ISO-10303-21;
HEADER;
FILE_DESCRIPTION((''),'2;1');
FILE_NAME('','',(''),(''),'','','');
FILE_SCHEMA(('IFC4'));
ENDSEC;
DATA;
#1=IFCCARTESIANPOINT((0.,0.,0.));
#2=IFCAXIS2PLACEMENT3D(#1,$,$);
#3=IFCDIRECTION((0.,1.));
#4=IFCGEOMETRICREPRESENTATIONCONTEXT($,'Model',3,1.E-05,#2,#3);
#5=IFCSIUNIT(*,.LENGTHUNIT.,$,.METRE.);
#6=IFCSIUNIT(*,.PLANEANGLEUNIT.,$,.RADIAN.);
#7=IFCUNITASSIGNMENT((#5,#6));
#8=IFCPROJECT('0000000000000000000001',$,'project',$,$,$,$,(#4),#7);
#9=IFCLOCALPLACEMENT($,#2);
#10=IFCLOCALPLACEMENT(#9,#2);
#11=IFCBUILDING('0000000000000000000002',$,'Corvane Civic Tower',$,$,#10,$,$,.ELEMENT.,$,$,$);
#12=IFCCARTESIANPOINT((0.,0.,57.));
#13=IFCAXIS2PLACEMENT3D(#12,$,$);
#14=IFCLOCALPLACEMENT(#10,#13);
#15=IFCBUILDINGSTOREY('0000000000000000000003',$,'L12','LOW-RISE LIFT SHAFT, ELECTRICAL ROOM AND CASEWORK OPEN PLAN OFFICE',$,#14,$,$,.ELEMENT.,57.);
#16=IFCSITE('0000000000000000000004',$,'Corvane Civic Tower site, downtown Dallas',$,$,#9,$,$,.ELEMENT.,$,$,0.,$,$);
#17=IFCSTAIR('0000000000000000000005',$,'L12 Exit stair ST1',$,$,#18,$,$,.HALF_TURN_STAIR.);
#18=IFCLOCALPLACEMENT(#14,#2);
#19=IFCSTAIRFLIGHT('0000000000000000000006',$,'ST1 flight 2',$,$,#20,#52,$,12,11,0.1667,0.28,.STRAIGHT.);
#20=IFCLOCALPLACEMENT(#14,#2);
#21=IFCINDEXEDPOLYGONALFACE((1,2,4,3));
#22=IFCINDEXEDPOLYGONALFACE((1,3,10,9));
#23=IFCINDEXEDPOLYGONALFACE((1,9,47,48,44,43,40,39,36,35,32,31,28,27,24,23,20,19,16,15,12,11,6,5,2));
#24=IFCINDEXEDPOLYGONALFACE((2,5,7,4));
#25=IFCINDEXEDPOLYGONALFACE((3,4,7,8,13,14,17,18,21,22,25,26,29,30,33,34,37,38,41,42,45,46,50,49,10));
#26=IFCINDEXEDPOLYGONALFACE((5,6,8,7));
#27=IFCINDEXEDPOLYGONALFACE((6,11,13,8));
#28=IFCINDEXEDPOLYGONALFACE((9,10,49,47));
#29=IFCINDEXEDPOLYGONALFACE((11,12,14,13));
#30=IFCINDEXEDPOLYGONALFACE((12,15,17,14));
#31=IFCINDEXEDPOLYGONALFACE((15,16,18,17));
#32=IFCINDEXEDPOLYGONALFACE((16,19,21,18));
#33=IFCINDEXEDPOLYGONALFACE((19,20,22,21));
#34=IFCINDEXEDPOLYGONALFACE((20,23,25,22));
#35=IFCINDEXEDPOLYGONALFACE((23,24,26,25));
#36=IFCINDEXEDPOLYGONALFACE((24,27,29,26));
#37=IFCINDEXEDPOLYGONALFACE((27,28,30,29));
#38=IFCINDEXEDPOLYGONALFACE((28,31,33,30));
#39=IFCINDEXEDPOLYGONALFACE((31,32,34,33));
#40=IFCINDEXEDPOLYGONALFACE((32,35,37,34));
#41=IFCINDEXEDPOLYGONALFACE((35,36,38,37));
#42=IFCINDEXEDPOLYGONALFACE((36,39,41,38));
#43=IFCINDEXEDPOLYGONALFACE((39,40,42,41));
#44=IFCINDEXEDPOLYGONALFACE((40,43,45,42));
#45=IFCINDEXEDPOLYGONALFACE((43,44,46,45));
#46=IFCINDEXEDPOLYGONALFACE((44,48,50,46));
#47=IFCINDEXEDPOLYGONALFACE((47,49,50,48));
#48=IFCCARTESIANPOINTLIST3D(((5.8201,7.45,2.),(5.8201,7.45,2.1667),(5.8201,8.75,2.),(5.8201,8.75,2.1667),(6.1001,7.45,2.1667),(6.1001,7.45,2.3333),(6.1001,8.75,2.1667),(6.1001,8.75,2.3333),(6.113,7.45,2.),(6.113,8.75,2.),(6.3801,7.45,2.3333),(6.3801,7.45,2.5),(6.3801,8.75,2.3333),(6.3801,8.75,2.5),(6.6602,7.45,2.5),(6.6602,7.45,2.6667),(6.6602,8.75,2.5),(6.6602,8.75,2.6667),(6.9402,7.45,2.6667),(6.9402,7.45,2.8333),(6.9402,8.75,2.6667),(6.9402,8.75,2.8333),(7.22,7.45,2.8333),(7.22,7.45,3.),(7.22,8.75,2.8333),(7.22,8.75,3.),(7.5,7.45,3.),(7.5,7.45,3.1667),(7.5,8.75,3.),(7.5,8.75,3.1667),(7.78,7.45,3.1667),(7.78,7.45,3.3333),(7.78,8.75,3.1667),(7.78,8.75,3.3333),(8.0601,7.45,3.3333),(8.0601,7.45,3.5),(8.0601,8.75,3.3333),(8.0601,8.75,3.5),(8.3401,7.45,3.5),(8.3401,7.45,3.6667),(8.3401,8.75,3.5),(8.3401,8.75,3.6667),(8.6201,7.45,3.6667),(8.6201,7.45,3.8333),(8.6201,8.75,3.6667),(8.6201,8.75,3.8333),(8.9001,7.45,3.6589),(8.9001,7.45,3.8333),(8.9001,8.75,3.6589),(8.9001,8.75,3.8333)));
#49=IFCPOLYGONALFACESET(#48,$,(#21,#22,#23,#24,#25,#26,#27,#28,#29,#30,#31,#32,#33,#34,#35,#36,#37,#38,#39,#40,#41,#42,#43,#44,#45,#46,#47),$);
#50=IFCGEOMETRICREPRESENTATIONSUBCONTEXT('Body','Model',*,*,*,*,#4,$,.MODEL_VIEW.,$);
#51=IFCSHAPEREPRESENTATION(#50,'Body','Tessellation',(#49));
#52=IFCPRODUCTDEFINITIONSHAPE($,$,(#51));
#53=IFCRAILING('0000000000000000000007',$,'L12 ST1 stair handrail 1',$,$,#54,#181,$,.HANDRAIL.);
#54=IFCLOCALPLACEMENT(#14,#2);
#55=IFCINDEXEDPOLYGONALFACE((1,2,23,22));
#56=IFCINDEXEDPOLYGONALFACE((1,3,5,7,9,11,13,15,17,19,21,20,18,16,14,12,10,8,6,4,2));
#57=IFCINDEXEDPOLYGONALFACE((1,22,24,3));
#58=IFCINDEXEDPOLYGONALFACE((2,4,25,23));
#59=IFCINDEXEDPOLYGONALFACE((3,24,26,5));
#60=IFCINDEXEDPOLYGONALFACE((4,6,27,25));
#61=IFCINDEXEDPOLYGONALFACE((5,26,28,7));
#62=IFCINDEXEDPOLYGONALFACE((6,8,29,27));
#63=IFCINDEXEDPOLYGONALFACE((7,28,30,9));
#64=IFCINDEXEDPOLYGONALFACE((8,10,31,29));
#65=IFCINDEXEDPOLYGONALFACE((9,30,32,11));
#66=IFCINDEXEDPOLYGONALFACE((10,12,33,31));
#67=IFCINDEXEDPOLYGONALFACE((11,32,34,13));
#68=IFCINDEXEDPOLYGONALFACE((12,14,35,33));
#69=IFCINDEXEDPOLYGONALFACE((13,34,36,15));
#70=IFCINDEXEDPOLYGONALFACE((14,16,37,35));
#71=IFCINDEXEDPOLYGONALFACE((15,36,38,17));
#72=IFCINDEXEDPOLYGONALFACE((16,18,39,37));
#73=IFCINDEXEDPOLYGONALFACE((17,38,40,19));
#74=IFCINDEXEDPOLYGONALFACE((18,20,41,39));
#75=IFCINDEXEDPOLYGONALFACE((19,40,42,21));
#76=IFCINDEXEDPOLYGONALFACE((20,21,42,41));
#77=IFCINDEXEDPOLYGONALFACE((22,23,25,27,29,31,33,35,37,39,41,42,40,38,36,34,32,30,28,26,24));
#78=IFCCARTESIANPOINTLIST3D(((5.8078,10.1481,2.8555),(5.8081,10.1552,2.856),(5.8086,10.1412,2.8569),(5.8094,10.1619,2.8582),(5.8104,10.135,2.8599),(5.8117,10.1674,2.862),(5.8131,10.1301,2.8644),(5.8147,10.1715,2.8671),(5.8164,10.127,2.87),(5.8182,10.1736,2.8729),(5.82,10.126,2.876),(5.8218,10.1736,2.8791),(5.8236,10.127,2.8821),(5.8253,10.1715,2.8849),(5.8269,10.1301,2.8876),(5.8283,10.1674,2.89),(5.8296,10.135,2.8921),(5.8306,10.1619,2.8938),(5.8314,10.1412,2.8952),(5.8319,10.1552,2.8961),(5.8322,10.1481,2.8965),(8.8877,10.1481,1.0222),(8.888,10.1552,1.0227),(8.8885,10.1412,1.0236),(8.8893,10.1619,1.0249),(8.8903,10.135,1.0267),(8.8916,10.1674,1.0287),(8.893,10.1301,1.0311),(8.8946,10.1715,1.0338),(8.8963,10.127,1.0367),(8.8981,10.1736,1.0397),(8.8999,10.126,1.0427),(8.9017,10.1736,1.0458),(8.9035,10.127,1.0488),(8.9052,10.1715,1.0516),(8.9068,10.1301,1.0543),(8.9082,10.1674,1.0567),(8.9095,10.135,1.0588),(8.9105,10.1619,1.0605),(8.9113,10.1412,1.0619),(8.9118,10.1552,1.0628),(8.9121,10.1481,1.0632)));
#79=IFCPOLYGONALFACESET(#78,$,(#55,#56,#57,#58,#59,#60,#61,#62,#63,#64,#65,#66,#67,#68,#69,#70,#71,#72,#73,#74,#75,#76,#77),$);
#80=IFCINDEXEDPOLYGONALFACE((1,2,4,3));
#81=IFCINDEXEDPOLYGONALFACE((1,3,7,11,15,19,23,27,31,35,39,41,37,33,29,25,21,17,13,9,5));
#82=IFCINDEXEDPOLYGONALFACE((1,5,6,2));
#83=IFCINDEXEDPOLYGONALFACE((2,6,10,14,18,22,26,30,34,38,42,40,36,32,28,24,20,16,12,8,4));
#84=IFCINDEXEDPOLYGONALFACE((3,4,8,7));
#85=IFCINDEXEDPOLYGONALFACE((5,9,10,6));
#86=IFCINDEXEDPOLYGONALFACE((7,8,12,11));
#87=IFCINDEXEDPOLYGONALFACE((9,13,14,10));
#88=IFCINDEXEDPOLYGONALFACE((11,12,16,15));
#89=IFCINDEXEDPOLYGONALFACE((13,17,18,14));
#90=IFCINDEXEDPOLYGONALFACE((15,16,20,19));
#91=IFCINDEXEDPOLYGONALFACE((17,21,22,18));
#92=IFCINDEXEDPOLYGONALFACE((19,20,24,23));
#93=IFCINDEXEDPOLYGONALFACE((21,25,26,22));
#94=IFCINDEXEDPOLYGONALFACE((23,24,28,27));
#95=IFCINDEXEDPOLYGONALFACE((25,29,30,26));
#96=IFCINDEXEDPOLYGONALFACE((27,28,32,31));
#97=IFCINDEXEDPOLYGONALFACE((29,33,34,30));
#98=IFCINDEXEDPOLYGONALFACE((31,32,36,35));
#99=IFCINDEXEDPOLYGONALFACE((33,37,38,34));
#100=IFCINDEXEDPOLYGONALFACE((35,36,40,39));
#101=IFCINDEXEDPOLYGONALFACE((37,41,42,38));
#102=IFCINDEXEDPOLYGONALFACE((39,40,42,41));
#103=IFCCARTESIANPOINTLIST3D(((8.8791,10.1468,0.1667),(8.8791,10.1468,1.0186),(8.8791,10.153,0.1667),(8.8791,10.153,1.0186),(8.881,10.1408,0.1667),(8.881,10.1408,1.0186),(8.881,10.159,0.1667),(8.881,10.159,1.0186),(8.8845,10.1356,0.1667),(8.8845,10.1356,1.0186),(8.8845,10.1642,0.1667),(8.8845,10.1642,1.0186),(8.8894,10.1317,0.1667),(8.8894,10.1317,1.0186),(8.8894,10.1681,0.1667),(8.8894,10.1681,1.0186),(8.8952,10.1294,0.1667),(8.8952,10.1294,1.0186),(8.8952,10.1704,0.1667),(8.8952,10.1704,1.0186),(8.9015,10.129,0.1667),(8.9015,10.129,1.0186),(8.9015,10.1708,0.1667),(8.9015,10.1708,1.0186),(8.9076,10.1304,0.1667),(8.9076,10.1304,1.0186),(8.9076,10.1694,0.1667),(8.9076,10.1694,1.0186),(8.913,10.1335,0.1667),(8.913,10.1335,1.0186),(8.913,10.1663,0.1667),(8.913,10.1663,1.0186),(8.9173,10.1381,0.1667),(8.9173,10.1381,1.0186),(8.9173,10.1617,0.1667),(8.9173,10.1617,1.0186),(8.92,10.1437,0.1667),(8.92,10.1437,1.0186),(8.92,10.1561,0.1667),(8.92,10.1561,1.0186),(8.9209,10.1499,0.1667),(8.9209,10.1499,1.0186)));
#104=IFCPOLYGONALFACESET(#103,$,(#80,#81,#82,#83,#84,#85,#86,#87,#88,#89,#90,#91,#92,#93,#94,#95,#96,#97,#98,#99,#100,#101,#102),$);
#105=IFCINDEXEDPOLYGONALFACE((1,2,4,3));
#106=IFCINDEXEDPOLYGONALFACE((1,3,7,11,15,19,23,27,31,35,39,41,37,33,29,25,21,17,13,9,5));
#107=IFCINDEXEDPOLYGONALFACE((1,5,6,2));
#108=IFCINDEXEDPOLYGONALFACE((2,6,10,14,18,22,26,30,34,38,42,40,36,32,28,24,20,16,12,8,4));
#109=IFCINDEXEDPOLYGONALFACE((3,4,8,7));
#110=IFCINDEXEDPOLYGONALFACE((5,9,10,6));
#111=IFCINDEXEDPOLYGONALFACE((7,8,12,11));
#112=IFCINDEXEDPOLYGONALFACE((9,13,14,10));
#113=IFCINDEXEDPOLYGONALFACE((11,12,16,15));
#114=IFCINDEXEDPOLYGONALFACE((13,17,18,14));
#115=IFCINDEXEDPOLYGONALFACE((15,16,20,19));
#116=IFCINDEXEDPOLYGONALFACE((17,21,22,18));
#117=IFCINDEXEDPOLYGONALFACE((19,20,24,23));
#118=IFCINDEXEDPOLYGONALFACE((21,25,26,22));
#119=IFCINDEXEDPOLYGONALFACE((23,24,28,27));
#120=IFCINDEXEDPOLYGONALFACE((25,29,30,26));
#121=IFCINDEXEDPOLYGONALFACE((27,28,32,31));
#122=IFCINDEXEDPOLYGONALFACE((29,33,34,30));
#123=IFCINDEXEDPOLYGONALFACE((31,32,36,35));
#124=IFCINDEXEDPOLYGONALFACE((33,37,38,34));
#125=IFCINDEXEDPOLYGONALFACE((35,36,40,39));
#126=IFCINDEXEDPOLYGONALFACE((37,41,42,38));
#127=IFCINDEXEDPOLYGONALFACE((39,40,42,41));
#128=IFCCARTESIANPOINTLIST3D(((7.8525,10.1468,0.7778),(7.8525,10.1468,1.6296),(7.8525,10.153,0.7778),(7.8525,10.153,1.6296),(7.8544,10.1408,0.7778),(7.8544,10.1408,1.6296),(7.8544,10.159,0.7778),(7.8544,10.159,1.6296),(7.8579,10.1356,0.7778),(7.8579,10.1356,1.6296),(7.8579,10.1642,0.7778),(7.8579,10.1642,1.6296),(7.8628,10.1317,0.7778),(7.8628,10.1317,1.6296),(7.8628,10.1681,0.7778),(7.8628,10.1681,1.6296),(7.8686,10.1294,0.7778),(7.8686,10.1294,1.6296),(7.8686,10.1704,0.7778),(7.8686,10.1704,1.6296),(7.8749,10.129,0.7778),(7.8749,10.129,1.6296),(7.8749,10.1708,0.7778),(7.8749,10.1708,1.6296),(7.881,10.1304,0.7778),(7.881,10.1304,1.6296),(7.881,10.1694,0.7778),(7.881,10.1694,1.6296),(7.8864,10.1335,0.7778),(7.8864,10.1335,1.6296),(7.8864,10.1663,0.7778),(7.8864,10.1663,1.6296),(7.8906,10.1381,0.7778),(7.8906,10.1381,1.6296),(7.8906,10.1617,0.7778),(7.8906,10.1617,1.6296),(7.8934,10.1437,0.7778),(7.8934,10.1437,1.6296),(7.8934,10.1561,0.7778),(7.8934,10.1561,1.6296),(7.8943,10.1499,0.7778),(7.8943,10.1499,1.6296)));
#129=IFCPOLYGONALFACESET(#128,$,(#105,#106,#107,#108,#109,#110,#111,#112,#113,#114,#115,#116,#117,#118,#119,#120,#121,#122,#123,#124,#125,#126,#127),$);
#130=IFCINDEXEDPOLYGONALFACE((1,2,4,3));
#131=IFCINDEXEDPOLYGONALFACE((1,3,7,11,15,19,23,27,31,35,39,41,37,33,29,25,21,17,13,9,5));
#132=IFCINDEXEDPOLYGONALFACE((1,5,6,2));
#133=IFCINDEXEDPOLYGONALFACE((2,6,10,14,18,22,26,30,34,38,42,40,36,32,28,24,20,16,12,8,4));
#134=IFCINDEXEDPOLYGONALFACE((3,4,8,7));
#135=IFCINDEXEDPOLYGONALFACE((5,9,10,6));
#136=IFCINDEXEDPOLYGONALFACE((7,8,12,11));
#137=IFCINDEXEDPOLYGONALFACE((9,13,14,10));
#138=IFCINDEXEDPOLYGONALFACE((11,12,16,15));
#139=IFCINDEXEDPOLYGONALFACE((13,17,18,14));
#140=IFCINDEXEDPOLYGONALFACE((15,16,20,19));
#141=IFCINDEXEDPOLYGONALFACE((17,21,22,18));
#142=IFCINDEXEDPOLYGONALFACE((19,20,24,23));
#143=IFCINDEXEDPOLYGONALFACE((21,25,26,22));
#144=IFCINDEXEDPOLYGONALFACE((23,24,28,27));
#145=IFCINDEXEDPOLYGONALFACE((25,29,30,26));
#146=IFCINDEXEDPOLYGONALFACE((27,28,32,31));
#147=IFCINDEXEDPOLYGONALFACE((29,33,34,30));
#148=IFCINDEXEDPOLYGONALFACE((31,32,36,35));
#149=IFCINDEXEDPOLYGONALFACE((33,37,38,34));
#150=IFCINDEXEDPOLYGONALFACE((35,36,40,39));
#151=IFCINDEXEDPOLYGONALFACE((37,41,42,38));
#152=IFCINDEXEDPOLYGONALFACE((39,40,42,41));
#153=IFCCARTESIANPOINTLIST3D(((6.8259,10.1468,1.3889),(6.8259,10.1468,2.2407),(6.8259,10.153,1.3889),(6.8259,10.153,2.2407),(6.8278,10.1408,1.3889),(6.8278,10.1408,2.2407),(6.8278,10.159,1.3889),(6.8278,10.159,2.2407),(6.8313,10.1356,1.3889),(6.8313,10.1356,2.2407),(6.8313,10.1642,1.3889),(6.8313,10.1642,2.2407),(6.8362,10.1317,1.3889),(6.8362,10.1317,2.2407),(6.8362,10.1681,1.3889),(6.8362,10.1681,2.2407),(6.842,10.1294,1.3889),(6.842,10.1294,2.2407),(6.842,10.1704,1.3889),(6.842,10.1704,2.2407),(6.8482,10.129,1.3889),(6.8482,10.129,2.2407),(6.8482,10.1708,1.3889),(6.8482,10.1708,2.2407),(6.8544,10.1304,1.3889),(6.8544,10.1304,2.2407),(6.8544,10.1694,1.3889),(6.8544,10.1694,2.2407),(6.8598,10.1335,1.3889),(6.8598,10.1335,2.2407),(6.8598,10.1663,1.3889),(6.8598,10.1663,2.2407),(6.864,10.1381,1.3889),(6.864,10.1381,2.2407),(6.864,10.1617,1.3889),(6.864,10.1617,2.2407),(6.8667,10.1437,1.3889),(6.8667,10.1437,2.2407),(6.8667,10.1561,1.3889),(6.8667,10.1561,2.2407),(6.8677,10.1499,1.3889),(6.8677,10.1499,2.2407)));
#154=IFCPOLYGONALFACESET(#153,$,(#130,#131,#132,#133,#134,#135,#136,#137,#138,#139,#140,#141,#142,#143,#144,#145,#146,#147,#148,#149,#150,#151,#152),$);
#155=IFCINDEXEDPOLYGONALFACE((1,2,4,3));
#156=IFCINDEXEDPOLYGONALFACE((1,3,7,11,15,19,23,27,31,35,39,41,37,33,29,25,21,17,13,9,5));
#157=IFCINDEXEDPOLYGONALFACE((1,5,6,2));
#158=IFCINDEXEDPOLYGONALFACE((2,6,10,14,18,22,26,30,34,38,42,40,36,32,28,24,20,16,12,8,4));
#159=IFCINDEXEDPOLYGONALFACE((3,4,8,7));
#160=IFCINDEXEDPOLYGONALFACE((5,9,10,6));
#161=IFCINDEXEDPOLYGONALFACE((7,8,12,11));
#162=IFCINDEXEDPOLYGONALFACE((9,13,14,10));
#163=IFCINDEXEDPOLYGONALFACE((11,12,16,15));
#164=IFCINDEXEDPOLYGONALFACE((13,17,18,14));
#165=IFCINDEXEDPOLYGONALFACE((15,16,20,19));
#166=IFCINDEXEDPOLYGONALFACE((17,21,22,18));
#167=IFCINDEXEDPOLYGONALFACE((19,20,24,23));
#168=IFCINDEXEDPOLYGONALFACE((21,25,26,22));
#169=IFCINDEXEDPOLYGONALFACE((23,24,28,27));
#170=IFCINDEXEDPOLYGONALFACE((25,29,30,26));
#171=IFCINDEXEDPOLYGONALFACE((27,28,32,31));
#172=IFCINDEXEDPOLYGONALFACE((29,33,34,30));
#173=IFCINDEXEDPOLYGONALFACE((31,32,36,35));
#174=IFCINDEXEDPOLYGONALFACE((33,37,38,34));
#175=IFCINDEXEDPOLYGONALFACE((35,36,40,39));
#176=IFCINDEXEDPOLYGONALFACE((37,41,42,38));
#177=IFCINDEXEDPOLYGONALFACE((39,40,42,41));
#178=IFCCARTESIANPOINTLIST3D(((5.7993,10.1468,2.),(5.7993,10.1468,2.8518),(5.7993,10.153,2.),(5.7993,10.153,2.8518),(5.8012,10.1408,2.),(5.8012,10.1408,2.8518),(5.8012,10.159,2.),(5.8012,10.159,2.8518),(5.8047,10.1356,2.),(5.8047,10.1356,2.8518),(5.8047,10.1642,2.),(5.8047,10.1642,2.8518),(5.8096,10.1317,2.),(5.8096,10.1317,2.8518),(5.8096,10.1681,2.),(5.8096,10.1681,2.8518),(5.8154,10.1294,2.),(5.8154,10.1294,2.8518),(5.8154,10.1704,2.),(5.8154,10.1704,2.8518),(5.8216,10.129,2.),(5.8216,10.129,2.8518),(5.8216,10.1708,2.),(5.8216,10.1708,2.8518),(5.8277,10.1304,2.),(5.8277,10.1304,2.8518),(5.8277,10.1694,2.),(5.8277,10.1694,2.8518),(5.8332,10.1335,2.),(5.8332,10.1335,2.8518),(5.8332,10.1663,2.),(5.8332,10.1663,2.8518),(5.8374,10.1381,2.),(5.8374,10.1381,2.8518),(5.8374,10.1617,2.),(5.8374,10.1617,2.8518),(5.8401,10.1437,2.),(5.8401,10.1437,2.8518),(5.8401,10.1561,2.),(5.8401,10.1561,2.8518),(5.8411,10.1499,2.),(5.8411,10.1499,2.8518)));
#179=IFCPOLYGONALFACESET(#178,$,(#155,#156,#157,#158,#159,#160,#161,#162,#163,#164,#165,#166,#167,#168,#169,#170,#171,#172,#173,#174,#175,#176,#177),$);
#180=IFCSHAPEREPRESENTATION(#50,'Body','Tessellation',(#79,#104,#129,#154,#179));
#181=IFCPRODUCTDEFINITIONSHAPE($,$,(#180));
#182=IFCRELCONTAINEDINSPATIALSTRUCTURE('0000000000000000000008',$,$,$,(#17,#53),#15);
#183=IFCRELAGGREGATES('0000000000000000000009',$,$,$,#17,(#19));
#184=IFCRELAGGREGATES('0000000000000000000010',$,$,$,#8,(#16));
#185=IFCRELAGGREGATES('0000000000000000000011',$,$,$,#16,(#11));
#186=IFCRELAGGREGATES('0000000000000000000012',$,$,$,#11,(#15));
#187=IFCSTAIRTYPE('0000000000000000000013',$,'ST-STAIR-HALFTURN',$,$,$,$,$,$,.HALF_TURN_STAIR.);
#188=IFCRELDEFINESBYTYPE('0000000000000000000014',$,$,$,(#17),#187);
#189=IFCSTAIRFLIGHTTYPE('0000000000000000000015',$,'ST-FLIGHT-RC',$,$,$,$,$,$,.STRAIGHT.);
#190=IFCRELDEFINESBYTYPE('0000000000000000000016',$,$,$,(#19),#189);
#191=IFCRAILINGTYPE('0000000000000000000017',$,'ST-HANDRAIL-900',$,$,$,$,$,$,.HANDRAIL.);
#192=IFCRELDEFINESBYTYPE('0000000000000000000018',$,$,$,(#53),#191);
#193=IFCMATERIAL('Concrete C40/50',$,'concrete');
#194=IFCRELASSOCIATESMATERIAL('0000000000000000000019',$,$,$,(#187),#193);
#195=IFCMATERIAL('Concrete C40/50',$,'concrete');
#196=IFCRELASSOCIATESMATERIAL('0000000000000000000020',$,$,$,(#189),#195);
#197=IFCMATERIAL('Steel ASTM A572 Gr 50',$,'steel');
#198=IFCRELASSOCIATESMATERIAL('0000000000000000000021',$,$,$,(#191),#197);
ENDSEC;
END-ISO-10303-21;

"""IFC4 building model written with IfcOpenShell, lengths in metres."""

from ifc_helpers import new_model, si_unit, direction, frame, origin, origin_2d, place, context, subcontext, project, spatial, polyline, circle, outline, extrude, material, type_object, element, aggregate, save


model = new_model("IFC4")

# Units and contexts
model_context = context("Model", 3, precision=1e-05, world=origin(), true_north=direction((0.0, 1.0)))
body_context = subcontext(model_context, "Body", "Model", "MODEL_VIEW")
ifc_project = project(units=[si_unit("LENGTHUNIT", "METRE"), si_unit("PLANEANGLEUNIT", "RADIAN")], contexts=[model_context])

# Site, building, storey
site_placement = place(None, origin())
site = spatial("IfcSite", under=ifc_project, at=site_placement, Name="Corvane Civic Tower site, downtown Dallas", CompositionType="ELEMENT", RefElevation=0.0)
building_placement = place(site_placement, origin())
building = spatial("IfcBuilding", under=site, at=building_placement, Name="Corvane Civic Tower", CompositionType="ELEMENT")
storey_placement = place(building_placement, frame((0.0, 0.0, 57.0)))
storey = spatial("IfcBuildingStorey", under=building, at=storey_placement, Name="L12", Description="LOW-RISE LIFT SHAFT, ELECTRICAL ROOM AND CASEWORK OPEN PLAN OFFICE", CompositionType="ELEMENT", Elevation=57.0)

# Stair, stair flight
ifc_material_1 = material(Name="Concrete C40/50", Category="concrete")
stair_type = type_object("IfcStairType", Name="ST-STAIR-HALFTURN", PredefinedType="HALF_TURN_STAIR", material=ifc_material_1)
stair_placement = place(storey_placement, origin())
stair = element("IfcStair", 1, at=stair_placement, inside=storey, type_object=stair_type, Name="L12 Exit stair ST1", PredefinedType="HALF_TURN_STAIR")
ifc_material_2 = material(Name="Concrete C40/50", Category="concrete")
stair_flight_type = type_object("IfcStairFlightType", Name="ST-FLIGHT-RC", PredefinedType="STRAIGHT", material=ifc_material_2)
stair_flight_1_placement = place(storey_placement, frame((5.8201, 8.1001, 2.0), z_axis=(0.0, 0.0, 1.0), x_axis=(1.0, 0.0, 0.0)))
stair_flight_1 = element("IfcStairFlight", 2, at=stair_flight_1_placement, type_object=stair_flight_type, Name="ST1 flight 2", NumberOfRisers=12, NumberOfTreads=11, PredefinedType="STRAIGHT", RiserHeight=0.1667, TreadLength=0.28, context=body_context, shape_type="SweptSolid", body=[
    extrude(outline(polyline([(0.0, 0.0), (0.0, 0.1667), (0.28, 0.1667), (0.28, 0.3333), (0.5601, 0.3333), (0.5601, 0.5), (0.8401, 0.5), (0.8401, 0.6667), (1.1201, 0.6667), (1.1201, 0.8333), (1.3999, 0.8333), (1.3999, 1.0), (1.6799, 1.0), (1.6799, 1.1667), (1.96, 1.1667), (1.96, 1.3333), (2.24, 1.3333), (2.24, 1.5), (2.52, 1.5), (2.52, 1.6667), (2.8, 1.6667), (2.8, 1.8333), (3.0801, 1.8333), (3.0801, 2.0), (3.0801, 1.6589), (0.293, 0.0), (0.0, 0.0)])), frame((0.0, 0.6499, 0.0), z_axis=(0.0, -1.0, 0.0), x_axis=(1.0, 0.0, 0.0)), (0.0, 0.0, 1.0), 1.3),
])
aggregate(stair, [stair_flight_1])

# Railing
ifc_material_3 = material(Name="Steel ASTM A572 Gr 50", Category="steel")
railing_type_1 = type_object("IfcRailingType", Name="ST-HANDRAIL-900", PredefinedType="HANDRAIL", material=ifc_material_3)
railing_1_placement = place(storey_placement, frame((8.8999, 10.1499, 0.1667)))
element("IfcRailing", 3, at=railing_1_placement, inside=storey, type_object=railing_type_1, Name="L12 ST1 stair handrail 1", PredefinedType="HANDRAIL", context=body_context, shape_type="SweptSolid", body=[
    extrude(circle(Radius=0.0239, at=origin_2d()), frame((0.0, 0.0, 0.876), z_axis=(-0.859291, 0.0, 0.511487), x_axis=(0.0, -1.0, 0.0)), (0.0, 0.0, 1.0), 3.5842),
    extrude(circle(Radius=0.021, at=origin_2d()), origin(), (0.0, 0.0, 1.0), 0.8518),
    extrude(circle(Radius=0.021, at=origin_2d()), frame((-1.0266, 0.0, 0.6111)), (0.0, 0.0, 1.0), 0.8518),
    extrude(circle(Radius=0.021, at=origin_2d()), frame((-2.0532, 0.0, 1.2222)), (0.0, 0.0, 1.0), 0.8518),
    extrude(circle(Radius=0.021, at=origin_2d()), frame((-3.0798, 0.0, 1.8333)), (0.0, 0.0, 1.0), 0.8518),
])

save(model, "model.ifc")
